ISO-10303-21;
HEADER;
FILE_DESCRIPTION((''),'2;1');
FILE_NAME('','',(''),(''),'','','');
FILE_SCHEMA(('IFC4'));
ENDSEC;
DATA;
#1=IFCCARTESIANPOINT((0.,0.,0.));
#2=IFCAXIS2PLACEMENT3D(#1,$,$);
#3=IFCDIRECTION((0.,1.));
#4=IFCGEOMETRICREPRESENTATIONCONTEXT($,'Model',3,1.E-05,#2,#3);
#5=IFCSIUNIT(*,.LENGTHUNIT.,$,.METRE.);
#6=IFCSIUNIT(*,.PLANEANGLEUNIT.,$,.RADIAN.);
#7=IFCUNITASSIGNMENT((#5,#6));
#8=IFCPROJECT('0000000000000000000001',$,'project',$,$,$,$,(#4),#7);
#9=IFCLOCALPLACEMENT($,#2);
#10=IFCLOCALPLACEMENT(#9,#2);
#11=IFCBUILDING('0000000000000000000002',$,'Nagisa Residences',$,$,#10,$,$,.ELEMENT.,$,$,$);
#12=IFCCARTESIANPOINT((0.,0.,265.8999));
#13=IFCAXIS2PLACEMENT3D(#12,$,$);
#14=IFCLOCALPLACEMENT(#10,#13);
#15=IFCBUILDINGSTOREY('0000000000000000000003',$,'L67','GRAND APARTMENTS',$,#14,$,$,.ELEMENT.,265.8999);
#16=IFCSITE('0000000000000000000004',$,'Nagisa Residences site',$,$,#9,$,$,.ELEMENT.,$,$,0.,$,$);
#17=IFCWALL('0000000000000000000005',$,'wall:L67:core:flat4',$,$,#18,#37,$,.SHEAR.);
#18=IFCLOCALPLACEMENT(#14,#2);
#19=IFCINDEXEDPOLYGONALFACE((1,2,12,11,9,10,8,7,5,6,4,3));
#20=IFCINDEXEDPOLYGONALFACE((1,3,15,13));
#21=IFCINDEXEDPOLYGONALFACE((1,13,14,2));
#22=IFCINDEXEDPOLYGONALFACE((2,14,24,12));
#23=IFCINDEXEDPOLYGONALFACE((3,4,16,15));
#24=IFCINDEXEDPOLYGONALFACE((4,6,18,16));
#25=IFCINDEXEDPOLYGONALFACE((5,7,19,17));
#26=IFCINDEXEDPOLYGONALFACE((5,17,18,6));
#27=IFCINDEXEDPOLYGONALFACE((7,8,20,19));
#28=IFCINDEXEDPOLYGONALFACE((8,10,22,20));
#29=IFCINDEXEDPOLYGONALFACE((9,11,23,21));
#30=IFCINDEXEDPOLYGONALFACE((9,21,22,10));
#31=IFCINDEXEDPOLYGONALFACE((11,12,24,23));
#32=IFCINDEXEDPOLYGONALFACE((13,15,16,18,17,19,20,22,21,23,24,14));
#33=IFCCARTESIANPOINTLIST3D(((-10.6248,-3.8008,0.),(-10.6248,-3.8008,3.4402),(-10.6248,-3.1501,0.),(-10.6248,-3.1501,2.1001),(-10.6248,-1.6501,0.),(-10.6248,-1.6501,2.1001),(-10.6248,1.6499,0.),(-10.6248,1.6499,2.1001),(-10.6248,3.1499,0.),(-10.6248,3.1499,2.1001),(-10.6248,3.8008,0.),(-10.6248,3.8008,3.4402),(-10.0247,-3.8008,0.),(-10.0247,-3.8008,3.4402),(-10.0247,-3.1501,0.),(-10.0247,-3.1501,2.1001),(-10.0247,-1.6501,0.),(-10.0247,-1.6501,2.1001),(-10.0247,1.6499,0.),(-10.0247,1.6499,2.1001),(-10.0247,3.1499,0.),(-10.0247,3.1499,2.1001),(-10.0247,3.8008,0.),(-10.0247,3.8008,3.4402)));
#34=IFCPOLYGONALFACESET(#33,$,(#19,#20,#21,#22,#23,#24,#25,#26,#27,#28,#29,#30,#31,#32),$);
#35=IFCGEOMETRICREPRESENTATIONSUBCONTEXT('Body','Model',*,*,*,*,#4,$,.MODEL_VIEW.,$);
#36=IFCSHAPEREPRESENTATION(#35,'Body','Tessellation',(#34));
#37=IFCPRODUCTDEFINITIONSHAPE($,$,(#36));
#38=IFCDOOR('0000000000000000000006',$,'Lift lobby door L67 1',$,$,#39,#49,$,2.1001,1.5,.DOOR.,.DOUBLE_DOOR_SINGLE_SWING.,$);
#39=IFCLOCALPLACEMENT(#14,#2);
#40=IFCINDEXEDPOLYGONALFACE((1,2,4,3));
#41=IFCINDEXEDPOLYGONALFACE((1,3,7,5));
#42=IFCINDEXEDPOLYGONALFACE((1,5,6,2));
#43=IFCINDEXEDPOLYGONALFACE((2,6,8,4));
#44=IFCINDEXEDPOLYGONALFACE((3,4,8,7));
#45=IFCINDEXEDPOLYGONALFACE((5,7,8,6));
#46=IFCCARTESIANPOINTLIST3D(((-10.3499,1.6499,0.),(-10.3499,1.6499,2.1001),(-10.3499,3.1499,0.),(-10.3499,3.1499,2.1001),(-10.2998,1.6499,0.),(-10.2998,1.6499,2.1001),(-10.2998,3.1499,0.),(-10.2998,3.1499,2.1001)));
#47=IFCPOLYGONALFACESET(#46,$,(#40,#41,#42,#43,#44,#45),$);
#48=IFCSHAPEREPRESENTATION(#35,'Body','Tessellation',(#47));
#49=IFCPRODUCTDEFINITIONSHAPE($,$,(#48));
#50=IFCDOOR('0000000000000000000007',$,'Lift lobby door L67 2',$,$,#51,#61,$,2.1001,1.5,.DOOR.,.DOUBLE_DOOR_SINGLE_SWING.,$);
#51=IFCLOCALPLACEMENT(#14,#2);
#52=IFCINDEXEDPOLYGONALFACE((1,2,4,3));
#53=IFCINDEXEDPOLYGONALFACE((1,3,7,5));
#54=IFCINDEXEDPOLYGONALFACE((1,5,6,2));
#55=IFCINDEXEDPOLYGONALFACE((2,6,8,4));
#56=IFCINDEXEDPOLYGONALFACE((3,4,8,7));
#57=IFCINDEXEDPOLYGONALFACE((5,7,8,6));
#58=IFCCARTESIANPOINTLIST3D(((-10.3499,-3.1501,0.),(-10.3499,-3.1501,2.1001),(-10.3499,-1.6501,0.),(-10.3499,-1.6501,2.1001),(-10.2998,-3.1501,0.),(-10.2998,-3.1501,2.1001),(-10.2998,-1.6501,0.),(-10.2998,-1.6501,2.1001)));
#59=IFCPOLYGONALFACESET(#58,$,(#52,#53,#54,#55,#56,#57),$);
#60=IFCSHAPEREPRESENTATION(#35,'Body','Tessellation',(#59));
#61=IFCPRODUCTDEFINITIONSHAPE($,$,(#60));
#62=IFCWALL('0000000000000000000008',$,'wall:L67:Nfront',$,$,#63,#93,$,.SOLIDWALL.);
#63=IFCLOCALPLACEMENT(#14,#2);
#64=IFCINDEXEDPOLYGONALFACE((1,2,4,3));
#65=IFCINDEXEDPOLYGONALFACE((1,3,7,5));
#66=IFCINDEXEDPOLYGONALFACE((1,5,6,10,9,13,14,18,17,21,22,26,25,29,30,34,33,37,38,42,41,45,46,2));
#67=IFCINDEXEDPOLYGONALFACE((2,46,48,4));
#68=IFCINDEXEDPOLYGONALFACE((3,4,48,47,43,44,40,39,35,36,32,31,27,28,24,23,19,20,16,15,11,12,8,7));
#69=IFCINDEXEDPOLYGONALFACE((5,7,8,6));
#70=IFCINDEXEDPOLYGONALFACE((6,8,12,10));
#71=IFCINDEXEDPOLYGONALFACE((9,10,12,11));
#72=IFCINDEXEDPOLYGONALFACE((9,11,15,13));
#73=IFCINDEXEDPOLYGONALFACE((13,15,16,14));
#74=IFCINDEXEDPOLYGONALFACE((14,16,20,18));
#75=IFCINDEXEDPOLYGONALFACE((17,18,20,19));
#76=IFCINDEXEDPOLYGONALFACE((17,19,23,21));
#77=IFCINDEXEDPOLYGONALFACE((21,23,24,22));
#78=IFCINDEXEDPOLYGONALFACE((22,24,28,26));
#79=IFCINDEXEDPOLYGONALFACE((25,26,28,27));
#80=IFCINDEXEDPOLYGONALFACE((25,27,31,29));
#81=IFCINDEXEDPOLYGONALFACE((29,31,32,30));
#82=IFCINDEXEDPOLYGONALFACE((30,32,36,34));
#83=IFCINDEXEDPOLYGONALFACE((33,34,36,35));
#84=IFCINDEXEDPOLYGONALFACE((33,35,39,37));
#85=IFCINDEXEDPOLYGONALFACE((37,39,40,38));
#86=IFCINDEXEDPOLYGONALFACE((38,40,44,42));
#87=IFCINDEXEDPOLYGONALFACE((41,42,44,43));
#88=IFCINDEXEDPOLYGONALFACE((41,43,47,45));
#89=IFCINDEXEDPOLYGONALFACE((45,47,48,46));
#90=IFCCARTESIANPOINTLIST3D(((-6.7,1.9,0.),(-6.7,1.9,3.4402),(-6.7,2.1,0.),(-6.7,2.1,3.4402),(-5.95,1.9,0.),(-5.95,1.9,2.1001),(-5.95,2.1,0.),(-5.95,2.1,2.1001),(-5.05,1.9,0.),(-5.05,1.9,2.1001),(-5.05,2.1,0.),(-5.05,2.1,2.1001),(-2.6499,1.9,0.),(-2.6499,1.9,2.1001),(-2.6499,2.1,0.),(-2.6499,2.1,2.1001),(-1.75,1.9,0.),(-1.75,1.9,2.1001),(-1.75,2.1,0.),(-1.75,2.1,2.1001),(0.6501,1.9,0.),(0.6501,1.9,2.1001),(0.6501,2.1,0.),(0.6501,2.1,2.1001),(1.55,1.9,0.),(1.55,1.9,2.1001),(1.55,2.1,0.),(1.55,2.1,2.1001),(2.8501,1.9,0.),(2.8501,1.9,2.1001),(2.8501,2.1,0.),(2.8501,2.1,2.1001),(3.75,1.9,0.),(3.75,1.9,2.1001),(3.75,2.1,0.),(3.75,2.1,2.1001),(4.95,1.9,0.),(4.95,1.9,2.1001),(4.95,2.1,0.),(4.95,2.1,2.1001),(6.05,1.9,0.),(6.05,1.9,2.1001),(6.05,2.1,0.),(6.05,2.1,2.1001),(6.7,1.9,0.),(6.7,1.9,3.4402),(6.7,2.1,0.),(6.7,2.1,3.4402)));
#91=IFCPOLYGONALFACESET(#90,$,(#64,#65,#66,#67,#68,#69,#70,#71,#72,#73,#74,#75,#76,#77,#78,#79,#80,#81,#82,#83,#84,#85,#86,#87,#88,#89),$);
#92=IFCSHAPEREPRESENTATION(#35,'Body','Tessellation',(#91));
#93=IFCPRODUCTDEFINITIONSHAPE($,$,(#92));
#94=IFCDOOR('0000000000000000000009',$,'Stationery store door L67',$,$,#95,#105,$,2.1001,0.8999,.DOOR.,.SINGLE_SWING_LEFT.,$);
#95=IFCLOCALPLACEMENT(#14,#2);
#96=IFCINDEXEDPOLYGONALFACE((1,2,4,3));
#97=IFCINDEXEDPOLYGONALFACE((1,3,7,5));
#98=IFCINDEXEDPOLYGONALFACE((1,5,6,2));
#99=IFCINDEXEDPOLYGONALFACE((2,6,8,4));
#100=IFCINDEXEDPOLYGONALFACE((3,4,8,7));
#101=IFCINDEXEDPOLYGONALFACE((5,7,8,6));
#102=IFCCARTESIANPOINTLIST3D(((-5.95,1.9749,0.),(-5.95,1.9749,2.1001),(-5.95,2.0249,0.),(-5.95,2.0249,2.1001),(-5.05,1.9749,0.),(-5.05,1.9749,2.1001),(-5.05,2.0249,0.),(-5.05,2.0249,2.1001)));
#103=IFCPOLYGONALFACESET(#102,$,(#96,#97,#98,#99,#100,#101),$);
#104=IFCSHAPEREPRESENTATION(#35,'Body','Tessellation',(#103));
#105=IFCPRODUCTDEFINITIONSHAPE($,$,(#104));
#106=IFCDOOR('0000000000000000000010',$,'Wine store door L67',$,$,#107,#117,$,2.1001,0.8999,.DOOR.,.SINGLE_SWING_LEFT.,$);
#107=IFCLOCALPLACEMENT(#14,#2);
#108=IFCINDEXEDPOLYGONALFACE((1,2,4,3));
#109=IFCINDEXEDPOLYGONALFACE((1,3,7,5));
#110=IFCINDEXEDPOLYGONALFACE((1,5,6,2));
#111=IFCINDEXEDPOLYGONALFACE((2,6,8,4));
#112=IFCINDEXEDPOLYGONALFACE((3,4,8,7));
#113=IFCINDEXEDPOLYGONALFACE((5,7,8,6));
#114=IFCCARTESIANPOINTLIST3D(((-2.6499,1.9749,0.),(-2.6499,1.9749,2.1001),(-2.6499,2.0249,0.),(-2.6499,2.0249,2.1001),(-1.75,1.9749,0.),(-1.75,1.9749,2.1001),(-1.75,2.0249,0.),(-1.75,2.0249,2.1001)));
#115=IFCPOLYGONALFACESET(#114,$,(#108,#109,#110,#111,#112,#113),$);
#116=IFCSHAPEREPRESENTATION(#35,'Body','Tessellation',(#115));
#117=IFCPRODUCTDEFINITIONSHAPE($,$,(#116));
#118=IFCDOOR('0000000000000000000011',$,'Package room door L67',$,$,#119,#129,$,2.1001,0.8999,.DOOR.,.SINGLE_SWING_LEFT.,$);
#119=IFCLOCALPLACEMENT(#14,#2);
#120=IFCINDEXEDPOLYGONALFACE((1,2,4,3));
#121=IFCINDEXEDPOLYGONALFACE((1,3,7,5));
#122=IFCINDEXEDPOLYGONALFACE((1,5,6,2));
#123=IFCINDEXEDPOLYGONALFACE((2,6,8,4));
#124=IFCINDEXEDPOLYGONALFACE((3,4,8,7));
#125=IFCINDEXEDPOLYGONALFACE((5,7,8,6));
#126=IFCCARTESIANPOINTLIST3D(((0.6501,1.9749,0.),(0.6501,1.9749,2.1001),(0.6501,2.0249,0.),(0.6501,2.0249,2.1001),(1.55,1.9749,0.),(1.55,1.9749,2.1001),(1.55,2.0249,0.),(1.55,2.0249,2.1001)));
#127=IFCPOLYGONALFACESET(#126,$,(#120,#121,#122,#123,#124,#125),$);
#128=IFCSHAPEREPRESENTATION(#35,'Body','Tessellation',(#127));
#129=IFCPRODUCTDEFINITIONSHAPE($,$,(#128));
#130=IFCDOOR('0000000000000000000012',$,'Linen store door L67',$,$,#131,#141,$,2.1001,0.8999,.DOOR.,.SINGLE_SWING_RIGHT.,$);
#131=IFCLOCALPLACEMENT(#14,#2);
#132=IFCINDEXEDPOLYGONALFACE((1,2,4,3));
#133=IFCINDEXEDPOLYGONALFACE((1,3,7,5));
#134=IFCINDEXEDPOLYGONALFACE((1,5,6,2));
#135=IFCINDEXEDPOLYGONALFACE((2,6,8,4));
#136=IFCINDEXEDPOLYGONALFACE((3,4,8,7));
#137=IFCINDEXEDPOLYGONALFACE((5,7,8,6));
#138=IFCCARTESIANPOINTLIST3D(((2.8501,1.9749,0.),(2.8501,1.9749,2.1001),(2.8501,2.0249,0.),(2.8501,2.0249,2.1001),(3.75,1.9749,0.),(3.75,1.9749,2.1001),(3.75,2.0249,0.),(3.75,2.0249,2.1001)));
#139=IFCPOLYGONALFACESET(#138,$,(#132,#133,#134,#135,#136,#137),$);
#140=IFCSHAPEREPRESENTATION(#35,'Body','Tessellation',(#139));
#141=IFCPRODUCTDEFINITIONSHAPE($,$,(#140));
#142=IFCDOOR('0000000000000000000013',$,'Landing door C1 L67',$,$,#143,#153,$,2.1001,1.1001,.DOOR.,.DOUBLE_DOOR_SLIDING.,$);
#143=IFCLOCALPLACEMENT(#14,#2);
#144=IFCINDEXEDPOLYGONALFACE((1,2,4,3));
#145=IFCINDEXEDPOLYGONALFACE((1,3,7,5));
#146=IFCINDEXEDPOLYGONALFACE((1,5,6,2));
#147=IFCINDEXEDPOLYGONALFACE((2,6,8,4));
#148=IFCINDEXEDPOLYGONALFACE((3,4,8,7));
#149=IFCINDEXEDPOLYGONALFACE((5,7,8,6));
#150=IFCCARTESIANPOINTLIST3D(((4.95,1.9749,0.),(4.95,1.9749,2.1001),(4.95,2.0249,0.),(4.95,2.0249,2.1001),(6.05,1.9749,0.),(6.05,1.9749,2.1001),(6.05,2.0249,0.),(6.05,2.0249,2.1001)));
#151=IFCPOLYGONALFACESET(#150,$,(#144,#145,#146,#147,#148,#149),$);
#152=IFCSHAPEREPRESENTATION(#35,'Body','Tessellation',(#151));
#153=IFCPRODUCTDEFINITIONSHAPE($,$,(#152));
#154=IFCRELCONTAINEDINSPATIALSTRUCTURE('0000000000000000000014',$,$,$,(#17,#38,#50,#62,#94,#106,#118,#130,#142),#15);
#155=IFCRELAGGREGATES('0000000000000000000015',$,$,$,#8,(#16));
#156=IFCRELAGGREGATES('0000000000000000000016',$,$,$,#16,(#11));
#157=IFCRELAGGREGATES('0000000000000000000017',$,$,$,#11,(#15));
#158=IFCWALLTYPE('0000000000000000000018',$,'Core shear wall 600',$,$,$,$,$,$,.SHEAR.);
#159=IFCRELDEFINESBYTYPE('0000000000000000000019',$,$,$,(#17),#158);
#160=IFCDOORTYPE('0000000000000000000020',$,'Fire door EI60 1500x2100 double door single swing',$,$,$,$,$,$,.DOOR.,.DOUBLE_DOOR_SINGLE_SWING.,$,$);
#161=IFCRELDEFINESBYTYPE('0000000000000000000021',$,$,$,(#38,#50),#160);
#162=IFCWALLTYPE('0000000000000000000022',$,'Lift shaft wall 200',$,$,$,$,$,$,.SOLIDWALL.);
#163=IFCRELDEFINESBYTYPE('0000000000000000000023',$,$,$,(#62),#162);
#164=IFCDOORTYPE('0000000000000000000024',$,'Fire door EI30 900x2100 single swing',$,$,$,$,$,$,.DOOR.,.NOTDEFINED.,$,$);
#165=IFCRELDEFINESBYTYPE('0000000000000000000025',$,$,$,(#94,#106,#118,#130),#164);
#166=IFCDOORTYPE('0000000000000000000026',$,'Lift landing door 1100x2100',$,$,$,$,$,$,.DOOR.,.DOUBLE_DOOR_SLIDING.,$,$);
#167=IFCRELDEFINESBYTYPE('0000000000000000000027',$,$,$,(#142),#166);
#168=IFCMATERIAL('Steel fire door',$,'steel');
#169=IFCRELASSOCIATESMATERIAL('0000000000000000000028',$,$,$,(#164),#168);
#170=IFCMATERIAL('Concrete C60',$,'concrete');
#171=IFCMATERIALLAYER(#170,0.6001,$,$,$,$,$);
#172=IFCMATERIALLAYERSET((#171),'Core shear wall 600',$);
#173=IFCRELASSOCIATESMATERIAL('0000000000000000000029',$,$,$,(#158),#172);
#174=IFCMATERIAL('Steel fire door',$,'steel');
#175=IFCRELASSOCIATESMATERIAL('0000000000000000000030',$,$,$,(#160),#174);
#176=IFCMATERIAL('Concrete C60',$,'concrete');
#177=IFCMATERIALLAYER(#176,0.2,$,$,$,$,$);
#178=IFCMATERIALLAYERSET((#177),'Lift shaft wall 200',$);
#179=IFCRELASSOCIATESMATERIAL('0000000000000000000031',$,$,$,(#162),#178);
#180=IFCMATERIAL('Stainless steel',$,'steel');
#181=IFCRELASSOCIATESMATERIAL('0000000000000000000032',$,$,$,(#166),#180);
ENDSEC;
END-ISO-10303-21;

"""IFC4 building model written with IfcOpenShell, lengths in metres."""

from ifc_helpers import new_model, si_unit, direction, frame, frame_2d, origin, place, context, subcontext, project, spatial, rectangle, extrude, material, layer, layer_set, type_object, element, fill, save


model = new_model("IFC4")

# Units and contexts
model_context = context("Model", 3, precision=1e-05, world=origin(), true_north=direction((0.0, 1.0)))
body_context = subcontext(model_context, "Body", "Model", "MODEL_VIEW")
ifc_project = project(units=[si_unit("LENGTHUNIT", "METRE"), si_unit("PLANEANGLEUNIT", "RADIAN")], contexts=[model_context])

# Site, building, storey
site_placement = place(None, origin())
site = spatial("IfcSite", under=ifc_project, at=site_placement, Name="Nagisa Residences site", CompositionType="ELEMENT", RefElevation=0.0)
building_placement = place(site_placement, origin())
building = spatial("IfcBuilding", under=site, at=building_placement, Name="Nagisa Residences", CompositionType="ELEMENT")
storey_placement = place(building_placement, frame((0.0, 0.0, 265.8999)))
storey = spatial("IfcBuildingStorey", under=building, at=storey_placement, Name="L67", Description="GRAND APARTMENTS", CompositionType="ELEMENT", Elevation=265.8999)

# Shared definitions
ifc_material_1 = material(Name="Steel fire door", Category="steel")
door_type_1 = type_object("IfcDoorType", Name="Fire door EI30 900x2100 single swing", OperationType="NOTDEFINED", PredefinedType="DOOR", material=ifc_material_1)

# Walls, openings, doors
ifc_material_2 = material(Name="Concrete C60", Category="concrete")
ifc_layer_1 = layer(ifc_material_2, 0.6001)
ifc_layer_set_1 = layer_set([ifc_layer_1], Name="Core shear wall 600")
wall_type_1 = type_object("IfcWallType", Name="Core shear wall 600", PredefinedType="SHEAR", material=ifc_layer_set_1)
wall_1_placement = place(storey_placement, frame((-10.3247, 3.8008, 0.0), z_axis=(0.0, 0.0, 1.0), x_axis=(0.0, -1.0, 0.0)))
wall_1 = element("IfcWall", 1, at=wall_1_placement, inside=storey, type_object=wall_type_1, Name="wall:L67:core:flat4", PredefinedType="SHEAR", context=body_context, shape_type="SweptSolid", body=[
    extrude(rectangle(XDim=7.6016, YDim=0.6001, at=frame_2d((3.8008, 0.0))), origin(), (0.0, 0.0, 1.0), 3.4402),
])
opening_1_placement = place(wall_1_placement, frame((0.6509, 0.0, 0.0)))
opening_1 = element("IfcOpeningElement", 2, at=opening_1_placement, cuts=wall_1, PredefinedType="OPENING", context=body_context, shape_type="SweptSolid", body=[
    extrude(rectangle(XDim=1.5, YDim=2.1001, at=frame_2d((0.75, 1.05))), frame((0.0, 0.3101, 0.0), z_axis=(0.0, -1.0, 0.0), x_axis=(1.0, 0.0, 0.0)), (0.0, 0.0, 1.0), 0.6201),
])
opening_2_placement = place(wall_1_placement, frame((5.4509, 0.0, 0.0)))
opening_2 = element("IfcOpeningElement", 3, at=opening_2_placement, cuts=wall_1, PredefinedType="OPENING", context=body_context, shape_type="SweptSolid", body=[
    extrude(rectangle(XDim=1.5, YDim=2.1001, at=frame_2d((0.75, 1.05))), frame((0.0, 0.3101, 0.0), z_axis=(0.0, -1.0, 0.0), x_axis=(1.0, 0.0, 0.0)), (0.0, 0.0, 1.0), 0.6201),
])
ifc_material_3 = material(Name="Steel fire door", Category="steel")
door_type_2 = type_object("IfcDoorType", Name="Fire door EI60 1500x2100 double door single swing", OperationType="DOUBLE_DOOR_SINGLE_SWING", PredefinedType="DOOR", material=ifc_material_3)
door_1_placement = place(opening_1_placement, origin())
door_1 = element("IfcDoor", 4, at=door_1_placement, inside=storey, type_object=door_type_2, Name="Lift lobby door L67 1", OperationType="DOUBLE_DOOR_SINGLE_SWING", OverallHeight=2.1001, OverallWidth=1.5, PredefinedType="DOOR", context=body_context, shape_type="SweptSolid", body=[
    extrude(rectangle(XDim=1.5, YDim=2.1001, at=frame_2d((0.75, 1.05))), frame((0.0, 0.0249, 0.0), z_axis=(0.0, -1.0, 0.0), x_axis=(1.0, 0.0, 0.0)), (0.0, 0.0, 1.0), 0.05),
])
fill(opening_1, door_1)
door_2_placement = place(opening_2_placement, origin())
door_2 = element("IfcDoor", 5, at=door_2_placement, inside=storey, type_object=door_type_2, Name="Lift lobby door L67 2", OperationType="DOUBLE_DOOR_SINGLE_SWING", OverallHeight=2.1001, OverallWidth=1.5, PredefinedType="DOOR", context=body_context, shape_type="SweptSolid", body=[
    extrude(rectangle(XDim=1.5, YDim=2.1001, at=frame_2d((0.75, 1.05))), frame((0.0, 0.0249, 0.0), z_axis=(0.0, -1.0, 0.0), x_axis=(1.0, 0.0, 0.0)), (0.0, 0.0, 1.0), 0.05),
])
fill(opening_2, door_2)
ifc_material_4 = material(Name="Concrete C60", Category="concrete")
ifc_layer_2 = layer(ifc_material_4, 0.2)
ifc_layer_set_2 = layer_set([ifc_layer_2], Name="Lift shaft wall 200")
wall_type_2 = type_object("IfcWallType", Name="Lift shaft wall 200", PredefinedType="SOLIDWALL", material=ifc_layer_set_2)
wall_2_placement = place(storey_placement, frame((-6.7, 2.0, 0.0), z_axis=(0.0, 0.0, 1.0), x_axis=(1.0, 0.0, 0.0)))
wall_2 = element("IfcWall", 6, at=wall_2_placement, inside=storey, type_object=wall_type_2, Name="wall:L67:Nfront", PredefinedType="SOLIDWALL", context=body_context, shape_type="SweptSolid", body=[
    extrude(rectangle(XDim=13.3999, YDim=0.2, at=frame_2d((6.7, 0.0))), origin(), (0.0, 0.0, 1.0), 3.4402),
])
opening_3_placement = place(wall_2_placement, frame((11.6499, 0.0, 0.0)))
opening_3 = element("IfcOpeningElement", 7, at=opening_3_placement, cuts=wall_2, PredefinedType="OPENING", context=body_context, shape_type="SweptSolid", body=[
    extrude(rectangle(XDim=1.1001, YDim=2.1001, at=frame_2d((0.55, 1.05))), frame((0.0, 0.1099, 0.0), z_axis=(0.0, -1.0, 0.0), x_axis=(1.0, 0.0, 0.0)), (0.0, 0.0, 1.0), 0.22),
])
opening_4_placement = place(wall_2_placement, frame((0.75, 0.0, 0.0)))
opening_4 = element("IfcOpeningElement", 8, at=opening_4_placement, cuts=wall_2, PredefinedType="OPENING", context=body_context, shape_type="SweptSolid", body=[
    extrude(rectangle(XDim=0.8999, YDim=2.1001, at=frame_2d((0.45, 1.05))), frame((0.0, 0.1099, 0.0), z_axis=(0.0, -1.0, 0.0), x_axis=(1.0, 0.0, 0.0)), (0.0, 0.0, 1.0), 0.22),
])
opening_5_placement = place(wall_2_placement, frame((4.05, 0.0, 0.0)))
opening_5 = element("IfcOpeningElement", 9, at=opening_5_placement, cuts=wall_2, PredefinedType="OPENING", context=body_context, shape_type="SweptSolid", body=[
    extrude(rectangle(XDim=0.8999, YDim=2.1001, at=frame_2d((0.45, 1.05))), frame((0.0, 0.1099, 0.0), z_axis=(0.0, -1.0, 0.0), x_axis=(1.0, 0.0, 0.0)), (0.0, 0.0, 1.0), 0.22),
])
opening_6_placement = place(wall_2_placement, frame((7.3501, 0.0, 0.0)))
opening_6 = element("IfcOpeningElement", 10, at=opening_6_placement, cuts=wall_2, PredefinedType="OPENING", context=body_context, shape_type="SweptSolid", body=[
    extrude(rectangle(XDim=0.8999, YDim=2.1001, at=frame_2d((0.45, 1.05))), frame((0.0, 0.1099, 0.0), z_axis=(0.0, -1.0, 0.0), x_axis=(1.0, 0.0, 0.0)), (0.0, 0.0, 1.0), 0.22),
])
opening_7_placement = place(wall_2_placement, frame((9.55, 0.0, 0.0)))
opening_7 = element("IfcOpeningElement", 11, at=opening_7_placement, cuts=wall_2, PredefinedType="OPENING", context=body_context, shape_type="SweptSolid", body=[
    extrude(rectangle(XDim=0.8999, YDim=2.1001, at=frame_2d((0.45, 1.05))), frame((0.0, 0.1099, 0.0), z_axis=(0.0, -1.0, 0.0), x_axis=(1.0, 0.0, 0.0)), (0.0, 0.0, 1.0), 0.22),
])
door_3_placement = place(opening_4_placement, origin())
door_3 = element("IfcDoor", 12, at=door_3_placement, inside=storey, type_object=door_type_1, Name="Stationery store door L67", OperationType="SINGLE_SWING_LEFT", OverallHeight=2.1001, OverallWidth=0.8999, PredefinedType="DOOR", context=body_context, shape_type="SweptSolid", body=[
    extrude(rectangle(XDim=0.8999, YDim=2.1001, at=frame_2d((0.45, 1.05))), frame((0.0, 0.0249, 0.0), z_axis=(0.0, -1.0, 0.0), x_axis=(1.0, 0.0, 0.0)), (0.0, 0.0, 1.0), 0.05),
])
fill(opening_4, door_3)
door_4_placement = place(opening_5_placement, origin())
door_4 = element("IfcDoor", 13, at=door_4_placement, inside=storey, type_object=door_type_1, Name="Wine store door L67", OperationType="SINGLE_SWING_LEFT", OverallHeight=2.1001, OverallWidth=0.8999, PredefinedType="DOOR", context=body_context, shape_type="SweptSolid", body=[
    extrude(rectangle(XDim=0.8999, YDim=2.1001, at=frame_2d((0.45, 1.05))), frame((0.0, 0.0249, 0.0), z_axis=(0.0, -1.0, 0.0), x_axis=(1.0, 0.0, 0.0)), (0.0, 0.0, 1.0), 0.05),
])
fill(opening_5, door_4)
door_5_placement = place(opening_6_placement, origin())
door_5 = element("IfcDoor", 14, at=door_5_placement, inside=storey, type_object=door_type_1, Name="Package room door L67", OperationType="SINGLE_SWING_LEFT", OverallHeight=2.1001, OverallWidth=0.8999, PredefinedType="DOOR", context=body_context, shape_type="SweptSolid", body=[
    extrude(rectangle(XDim=0.8999, YDim=2.1001, at=frame_2d((0.45, 1.05))), frame((0.0, 0.0249, 0.0), z_axis=(0.0, -1.0, 0.0), x_axis=(1.0, 0.0, 0.0)), (0.0, 0.0, 1.0), 0.05),
])
fill(opening_6, door_5)
door_6_placement = place(opening_7_placement, origin())
door_6 = element("IfcDoor", 15, at=door_6_placement, inside=storey, type_object=door_type_1, Name="Linen store door L67", OperationType="SINGLE_SWING_RIGHT", OverallHeight=2.1001, OverallWidth=0.8999, PredefinedType="DOOR", context=body_context, shape_type="SweptSolid", body=[
    extrude(rectangle(XDim=0.8999, YDim=2.1001, at=frame_2d((0.45, 1.05))), frame((0.0, 0.0249, 0.0), z_axis=(0.0, -1.0, 0.0), x_axis=(1.0, 0.0, 0.0)), (0.0, 0.0, 1.0), 0.05),
])
fill(opening_7, door_6)
ifc_material_5 = material(Name="Stainless steel", Category="steel")
door_type_3 = type_object("IfcDoorType", Name="Lift landing door 1100x2100", OperationType="DOUBLE_DOOR_SLIDING", PredefinedType="DOOR", material=ifc_material_5)
door_7_placement = place(opening_3_placement, origin())
door_7 = element("IfcDoor", 16, at=door_7_placement, inside=storey, type_object=door_type_3, Name="Landing door C1 L67", OperationType="DOUBLE_DOOR_SLIDING", OverallHeight=2.1001, OverallWidth=1.1001, PredefinedType="DOOR", context=body_context, shape_type="SweptSolid", body=[
    extrude(rectangle(XDim=1.1001, YDim=2.1001, at=frame_2d((0.55, 1.05))), frame((0.0, 0.0249, 0.0), z_axis=(0.0, -1.0, 0.0), x_axis=(1.0, 0.0, 0.0)), (0.0, 0.0, 1.0), 0.05),
])
fill(opening_3, door_7)

save(model, "model.ifc")
